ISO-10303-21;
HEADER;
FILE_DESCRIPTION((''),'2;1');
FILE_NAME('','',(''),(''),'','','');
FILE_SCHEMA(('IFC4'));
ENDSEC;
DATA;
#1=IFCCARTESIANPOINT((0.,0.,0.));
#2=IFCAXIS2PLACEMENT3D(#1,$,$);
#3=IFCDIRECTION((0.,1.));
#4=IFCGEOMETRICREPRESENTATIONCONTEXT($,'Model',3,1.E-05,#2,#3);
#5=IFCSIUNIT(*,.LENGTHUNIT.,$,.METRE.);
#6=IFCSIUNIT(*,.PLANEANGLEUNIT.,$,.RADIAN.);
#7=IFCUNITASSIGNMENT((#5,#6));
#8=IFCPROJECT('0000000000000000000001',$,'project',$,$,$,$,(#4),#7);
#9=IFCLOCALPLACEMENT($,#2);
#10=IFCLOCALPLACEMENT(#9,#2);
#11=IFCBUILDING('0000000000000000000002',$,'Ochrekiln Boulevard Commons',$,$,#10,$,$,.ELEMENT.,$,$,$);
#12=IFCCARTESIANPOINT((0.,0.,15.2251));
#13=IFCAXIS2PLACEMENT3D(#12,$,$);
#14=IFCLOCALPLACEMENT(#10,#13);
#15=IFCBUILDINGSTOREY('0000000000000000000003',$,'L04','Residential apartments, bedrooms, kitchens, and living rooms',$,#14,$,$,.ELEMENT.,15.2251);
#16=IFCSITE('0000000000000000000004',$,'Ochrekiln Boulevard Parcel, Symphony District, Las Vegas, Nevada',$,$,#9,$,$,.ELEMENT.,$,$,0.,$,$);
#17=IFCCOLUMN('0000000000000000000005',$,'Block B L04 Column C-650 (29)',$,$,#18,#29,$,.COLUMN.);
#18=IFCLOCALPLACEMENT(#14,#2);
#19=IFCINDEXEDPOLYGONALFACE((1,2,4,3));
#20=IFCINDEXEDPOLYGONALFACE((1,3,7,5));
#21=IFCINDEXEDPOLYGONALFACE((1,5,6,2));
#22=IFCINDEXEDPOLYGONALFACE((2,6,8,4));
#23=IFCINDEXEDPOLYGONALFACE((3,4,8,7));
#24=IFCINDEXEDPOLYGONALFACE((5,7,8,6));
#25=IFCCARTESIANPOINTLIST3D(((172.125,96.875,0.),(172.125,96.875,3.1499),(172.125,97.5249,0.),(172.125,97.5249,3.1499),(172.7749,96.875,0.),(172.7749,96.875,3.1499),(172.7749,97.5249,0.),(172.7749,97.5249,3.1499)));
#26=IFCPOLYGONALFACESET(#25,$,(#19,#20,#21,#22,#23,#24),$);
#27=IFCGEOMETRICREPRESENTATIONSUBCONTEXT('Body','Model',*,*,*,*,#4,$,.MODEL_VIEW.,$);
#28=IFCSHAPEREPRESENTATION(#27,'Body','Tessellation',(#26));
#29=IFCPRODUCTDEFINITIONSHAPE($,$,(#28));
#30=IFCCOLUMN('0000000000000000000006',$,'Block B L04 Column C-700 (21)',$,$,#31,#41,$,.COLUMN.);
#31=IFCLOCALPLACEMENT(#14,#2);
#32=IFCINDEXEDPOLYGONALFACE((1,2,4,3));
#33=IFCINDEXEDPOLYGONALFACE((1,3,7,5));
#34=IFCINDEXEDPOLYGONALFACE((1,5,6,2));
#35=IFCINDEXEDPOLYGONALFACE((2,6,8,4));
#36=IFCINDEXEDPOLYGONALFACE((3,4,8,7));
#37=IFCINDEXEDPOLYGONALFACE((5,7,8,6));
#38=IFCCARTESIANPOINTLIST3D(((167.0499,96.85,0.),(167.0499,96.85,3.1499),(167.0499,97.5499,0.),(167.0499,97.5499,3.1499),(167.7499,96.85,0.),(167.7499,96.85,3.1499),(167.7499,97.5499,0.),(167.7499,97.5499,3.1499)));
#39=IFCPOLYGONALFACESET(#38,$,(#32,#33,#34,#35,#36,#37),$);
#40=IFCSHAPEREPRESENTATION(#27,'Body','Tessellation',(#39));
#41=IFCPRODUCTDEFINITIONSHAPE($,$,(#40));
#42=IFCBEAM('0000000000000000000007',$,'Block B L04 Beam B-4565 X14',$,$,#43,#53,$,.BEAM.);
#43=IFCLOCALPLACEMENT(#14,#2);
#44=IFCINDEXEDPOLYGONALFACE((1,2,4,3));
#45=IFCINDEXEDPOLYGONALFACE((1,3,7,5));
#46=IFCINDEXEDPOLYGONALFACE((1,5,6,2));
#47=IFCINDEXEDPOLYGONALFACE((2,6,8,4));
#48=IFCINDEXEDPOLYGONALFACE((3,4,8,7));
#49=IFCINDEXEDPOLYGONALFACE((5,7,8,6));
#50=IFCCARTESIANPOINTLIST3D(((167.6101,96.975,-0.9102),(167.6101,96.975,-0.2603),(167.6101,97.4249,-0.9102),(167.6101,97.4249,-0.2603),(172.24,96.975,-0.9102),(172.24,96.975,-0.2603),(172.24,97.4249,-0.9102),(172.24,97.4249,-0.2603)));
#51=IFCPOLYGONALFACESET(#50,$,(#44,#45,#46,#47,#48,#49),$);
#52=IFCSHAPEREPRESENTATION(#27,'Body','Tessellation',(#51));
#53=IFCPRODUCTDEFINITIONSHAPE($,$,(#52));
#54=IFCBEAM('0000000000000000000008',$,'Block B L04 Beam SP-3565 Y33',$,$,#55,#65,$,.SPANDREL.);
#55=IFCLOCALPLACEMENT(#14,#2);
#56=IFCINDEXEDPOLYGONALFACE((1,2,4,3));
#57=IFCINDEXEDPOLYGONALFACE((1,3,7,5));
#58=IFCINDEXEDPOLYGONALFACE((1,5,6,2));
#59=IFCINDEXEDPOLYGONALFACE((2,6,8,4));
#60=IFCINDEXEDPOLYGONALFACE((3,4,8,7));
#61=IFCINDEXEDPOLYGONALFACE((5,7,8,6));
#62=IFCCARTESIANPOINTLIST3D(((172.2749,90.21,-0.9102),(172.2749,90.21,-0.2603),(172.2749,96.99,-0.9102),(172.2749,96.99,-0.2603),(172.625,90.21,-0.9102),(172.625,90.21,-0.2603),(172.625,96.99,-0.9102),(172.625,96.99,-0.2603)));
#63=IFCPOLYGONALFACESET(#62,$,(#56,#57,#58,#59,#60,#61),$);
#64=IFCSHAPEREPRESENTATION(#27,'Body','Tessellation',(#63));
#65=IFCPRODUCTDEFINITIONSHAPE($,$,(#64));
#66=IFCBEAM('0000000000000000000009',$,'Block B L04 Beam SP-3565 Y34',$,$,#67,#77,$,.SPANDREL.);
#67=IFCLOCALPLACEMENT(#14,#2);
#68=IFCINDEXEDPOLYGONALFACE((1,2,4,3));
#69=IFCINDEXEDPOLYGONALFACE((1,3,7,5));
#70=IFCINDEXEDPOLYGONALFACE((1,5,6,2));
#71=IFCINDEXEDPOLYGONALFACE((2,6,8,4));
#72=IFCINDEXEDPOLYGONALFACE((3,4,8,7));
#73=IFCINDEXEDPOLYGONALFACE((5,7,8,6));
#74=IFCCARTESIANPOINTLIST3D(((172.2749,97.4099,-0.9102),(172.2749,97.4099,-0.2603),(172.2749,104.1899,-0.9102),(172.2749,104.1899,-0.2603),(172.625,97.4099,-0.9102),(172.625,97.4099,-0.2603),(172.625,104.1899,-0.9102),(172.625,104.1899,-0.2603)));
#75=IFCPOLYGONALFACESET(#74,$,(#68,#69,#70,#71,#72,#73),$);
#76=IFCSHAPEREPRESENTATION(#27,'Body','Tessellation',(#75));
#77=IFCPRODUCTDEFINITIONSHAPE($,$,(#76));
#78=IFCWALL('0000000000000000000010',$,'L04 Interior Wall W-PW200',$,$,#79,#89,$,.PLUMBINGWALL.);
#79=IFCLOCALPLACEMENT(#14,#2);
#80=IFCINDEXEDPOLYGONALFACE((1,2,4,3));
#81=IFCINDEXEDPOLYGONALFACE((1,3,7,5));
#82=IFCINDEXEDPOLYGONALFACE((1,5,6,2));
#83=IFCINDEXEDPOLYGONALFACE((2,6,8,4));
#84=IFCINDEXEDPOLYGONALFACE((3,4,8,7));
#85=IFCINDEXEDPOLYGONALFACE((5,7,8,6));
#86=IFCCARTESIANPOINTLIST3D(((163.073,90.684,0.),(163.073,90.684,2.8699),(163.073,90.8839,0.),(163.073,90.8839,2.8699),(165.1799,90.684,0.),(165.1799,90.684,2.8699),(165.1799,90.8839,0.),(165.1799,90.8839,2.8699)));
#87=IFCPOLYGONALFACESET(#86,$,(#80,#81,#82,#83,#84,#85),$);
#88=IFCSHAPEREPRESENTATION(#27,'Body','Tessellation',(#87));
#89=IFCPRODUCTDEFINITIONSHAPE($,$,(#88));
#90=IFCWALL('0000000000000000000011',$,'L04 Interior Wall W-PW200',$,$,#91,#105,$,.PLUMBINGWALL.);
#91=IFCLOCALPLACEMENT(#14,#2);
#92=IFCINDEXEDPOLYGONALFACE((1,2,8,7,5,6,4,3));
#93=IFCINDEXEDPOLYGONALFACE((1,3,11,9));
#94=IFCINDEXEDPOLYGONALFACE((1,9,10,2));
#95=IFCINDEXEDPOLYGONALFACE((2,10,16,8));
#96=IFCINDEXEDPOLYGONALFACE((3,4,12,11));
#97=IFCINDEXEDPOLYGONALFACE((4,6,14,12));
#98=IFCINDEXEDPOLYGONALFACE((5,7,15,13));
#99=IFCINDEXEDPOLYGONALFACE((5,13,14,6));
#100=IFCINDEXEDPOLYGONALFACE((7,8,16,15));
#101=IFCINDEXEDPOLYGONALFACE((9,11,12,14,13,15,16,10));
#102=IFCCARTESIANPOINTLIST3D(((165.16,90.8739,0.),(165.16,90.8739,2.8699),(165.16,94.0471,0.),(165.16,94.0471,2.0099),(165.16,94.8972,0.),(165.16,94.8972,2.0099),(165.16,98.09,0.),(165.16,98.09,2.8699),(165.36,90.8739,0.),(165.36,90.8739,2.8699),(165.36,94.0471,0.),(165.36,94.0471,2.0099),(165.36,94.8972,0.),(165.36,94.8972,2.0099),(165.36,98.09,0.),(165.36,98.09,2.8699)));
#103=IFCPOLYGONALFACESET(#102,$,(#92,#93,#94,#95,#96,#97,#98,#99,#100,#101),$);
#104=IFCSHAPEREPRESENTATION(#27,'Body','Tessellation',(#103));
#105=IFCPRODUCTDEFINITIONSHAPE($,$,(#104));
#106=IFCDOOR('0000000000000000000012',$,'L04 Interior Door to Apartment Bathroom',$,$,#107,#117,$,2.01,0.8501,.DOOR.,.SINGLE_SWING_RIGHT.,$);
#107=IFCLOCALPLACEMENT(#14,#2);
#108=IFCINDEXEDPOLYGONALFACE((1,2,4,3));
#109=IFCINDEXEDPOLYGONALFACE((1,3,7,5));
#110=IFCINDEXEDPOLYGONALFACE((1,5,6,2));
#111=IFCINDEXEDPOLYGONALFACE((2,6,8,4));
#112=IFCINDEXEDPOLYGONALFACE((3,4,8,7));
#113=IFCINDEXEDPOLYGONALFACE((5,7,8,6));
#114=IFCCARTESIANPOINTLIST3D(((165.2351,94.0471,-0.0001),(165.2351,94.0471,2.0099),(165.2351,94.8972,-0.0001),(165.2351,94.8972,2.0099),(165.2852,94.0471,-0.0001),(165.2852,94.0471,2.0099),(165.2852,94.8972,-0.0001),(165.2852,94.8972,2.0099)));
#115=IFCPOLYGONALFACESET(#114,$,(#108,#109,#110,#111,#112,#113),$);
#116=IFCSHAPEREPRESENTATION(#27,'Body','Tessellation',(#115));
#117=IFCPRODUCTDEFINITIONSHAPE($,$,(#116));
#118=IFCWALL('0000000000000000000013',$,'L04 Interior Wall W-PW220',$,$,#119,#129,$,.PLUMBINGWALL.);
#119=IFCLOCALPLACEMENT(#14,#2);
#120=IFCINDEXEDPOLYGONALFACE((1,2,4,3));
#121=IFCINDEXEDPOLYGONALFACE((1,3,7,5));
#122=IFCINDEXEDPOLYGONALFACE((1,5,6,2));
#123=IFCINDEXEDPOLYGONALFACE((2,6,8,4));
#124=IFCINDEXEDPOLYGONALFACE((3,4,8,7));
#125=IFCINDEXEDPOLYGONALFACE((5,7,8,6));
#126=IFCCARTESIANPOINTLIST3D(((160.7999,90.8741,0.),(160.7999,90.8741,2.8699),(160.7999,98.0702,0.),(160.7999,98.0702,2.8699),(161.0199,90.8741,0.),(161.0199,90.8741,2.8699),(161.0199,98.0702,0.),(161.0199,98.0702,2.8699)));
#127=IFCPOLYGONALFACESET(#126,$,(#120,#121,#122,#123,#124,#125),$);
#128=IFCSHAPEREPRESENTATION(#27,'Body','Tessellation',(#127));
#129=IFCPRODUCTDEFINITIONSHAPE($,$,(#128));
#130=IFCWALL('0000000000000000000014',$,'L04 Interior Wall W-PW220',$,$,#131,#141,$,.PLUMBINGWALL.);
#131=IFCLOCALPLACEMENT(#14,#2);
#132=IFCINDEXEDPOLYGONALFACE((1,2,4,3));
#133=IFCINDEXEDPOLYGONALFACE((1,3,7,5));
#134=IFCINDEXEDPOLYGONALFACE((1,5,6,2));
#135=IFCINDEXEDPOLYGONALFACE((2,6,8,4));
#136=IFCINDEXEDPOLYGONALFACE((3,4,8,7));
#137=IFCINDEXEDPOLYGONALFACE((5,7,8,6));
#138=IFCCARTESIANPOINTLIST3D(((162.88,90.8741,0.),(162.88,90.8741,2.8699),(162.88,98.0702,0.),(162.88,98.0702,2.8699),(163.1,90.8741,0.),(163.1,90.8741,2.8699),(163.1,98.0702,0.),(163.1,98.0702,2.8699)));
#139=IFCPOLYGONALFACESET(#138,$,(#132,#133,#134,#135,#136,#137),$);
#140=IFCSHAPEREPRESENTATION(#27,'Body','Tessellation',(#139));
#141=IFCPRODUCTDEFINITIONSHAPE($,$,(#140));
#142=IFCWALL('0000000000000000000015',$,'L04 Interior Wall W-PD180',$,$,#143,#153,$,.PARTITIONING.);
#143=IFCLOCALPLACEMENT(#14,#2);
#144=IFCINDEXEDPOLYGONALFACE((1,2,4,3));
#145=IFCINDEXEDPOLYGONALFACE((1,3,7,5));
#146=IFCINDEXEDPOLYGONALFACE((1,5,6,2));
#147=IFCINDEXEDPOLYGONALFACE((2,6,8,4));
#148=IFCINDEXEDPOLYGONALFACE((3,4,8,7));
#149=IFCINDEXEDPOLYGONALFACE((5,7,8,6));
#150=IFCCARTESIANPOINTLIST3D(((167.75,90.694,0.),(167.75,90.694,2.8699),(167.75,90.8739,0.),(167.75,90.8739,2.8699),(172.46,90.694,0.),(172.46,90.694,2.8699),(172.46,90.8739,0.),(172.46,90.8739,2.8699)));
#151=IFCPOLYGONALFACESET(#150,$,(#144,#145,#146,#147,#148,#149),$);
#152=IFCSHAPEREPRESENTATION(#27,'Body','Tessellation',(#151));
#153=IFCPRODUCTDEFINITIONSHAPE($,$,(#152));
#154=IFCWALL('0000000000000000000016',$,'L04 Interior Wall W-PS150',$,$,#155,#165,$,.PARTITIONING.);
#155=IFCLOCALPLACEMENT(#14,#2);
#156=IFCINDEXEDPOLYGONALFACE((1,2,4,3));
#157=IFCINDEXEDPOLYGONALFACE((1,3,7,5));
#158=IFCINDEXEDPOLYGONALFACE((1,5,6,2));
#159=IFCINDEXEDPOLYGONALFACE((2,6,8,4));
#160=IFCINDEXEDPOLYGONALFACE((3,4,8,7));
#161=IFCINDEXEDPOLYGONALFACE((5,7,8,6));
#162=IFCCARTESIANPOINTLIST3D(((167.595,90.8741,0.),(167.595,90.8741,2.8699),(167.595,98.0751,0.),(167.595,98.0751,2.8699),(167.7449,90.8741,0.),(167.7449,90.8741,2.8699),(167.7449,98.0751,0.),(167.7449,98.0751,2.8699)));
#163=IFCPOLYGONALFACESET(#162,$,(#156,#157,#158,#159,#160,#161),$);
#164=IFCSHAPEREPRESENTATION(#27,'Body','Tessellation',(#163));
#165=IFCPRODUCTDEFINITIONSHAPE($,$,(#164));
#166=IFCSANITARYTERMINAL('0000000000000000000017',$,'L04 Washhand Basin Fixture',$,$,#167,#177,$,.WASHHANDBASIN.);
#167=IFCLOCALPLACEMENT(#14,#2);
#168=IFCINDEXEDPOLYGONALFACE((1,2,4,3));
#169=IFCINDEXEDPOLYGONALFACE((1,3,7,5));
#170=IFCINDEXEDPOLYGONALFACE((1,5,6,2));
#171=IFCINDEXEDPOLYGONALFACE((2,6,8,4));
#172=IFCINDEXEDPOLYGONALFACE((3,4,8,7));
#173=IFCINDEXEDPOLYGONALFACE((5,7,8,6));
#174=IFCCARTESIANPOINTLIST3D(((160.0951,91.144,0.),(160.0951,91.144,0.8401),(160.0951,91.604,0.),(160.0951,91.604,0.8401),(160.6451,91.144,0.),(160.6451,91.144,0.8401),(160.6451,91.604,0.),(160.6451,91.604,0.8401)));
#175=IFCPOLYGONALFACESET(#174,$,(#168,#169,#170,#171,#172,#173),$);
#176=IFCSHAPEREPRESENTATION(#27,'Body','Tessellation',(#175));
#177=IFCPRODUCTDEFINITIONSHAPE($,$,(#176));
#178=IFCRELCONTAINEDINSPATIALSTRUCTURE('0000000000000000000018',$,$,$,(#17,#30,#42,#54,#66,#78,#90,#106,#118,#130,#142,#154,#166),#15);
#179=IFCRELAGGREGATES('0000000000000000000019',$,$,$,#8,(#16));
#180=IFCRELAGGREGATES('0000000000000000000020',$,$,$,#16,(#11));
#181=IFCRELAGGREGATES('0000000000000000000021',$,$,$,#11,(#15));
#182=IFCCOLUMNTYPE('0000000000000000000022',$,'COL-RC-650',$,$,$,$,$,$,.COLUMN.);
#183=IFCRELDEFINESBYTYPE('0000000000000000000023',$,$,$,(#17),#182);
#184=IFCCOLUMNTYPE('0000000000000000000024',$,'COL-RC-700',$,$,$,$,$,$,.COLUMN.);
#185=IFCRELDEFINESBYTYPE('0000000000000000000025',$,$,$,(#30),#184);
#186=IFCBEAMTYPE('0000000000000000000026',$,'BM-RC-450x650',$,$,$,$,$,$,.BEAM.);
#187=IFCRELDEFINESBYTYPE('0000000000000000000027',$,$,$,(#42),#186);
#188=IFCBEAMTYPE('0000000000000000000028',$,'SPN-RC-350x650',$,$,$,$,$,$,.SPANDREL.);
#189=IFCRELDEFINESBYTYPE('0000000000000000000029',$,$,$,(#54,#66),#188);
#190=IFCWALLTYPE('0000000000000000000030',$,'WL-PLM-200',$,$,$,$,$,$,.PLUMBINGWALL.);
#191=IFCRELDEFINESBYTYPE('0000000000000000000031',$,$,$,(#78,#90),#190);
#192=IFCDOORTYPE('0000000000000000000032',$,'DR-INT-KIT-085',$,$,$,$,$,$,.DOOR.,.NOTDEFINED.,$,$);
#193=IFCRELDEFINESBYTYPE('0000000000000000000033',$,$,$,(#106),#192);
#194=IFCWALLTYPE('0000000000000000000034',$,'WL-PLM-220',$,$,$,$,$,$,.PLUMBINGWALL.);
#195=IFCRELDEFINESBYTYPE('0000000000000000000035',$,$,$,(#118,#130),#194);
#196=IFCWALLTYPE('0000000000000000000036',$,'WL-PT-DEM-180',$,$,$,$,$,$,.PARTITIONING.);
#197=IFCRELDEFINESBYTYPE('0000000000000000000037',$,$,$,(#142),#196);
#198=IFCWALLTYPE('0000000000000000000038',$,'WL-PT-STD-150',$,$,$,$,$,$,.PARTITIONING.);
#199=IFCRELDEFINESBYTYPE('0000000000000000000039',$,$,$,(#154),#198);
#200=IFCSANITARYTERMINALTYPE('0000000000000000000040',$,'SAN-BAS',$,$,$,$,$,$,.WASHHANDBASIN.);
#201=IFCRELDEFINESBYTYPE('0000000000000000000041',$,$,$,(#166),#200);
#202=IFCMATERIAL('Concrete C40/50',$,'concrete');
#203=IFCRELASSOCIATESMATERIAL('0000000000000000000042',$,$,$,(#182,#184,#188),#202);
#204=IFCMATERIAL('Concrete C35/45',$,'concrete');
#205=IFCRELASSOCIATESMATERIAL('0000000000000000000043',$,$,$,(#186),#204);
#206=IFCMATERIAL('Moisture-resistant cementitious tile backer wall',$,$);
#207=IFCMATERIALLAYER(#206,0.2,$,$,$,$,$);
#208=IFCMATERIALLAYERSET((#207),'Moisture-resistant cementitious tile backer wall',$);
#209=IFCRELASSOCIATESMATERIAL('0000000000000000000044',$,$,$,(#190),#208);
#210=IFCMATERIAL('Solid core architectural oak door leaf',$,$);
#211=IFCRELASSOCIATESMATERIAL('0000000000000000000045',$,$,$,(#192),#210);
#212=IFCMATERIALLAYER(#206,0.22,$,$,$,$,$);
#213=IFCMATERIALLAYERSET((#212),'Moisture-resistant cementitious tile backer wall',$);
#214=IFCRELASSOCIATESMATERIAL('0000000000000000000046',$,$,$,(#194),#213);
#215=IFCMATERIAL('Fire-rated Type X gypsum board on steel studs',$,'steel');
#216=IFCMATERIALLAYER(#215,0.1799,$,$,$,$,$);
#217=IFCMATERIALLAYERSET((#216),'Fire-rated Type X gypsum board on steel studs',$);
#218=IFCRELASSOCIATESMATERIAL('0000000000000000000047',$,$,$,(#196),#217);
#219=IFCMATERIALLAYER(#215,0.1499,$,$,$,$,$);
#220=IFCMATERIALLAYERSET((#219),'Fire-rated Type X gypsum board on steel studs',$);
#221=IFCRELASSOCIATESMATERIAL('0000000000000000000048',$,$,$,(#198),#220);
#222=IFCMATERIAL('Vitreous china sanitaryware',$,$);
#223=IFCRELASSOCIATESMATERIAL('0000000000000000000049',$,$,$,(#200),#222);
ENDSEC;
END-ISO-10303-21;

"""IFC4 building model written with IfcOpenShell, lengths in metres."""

from ifc_helpers import new_model, si_unit, direction, frame, frame_2d, origin, origin_2d, place, context, subcontext, project, spatial, rectangle, extrude, material, layer, layer_set, material_profile, profile_set, type_object, element, fill, save


model = new_model("IFC4")

# Units and contexts
model_context = context("Model", 3, precision=1e-05, world=origin(), true_north=direction((0.0, 1.0)))
body_context = subcontext(model_context, "Body", "Model", "MODEL_VIEW")
ifc_project = project(units=[si_unit("LENGTHUNIT", "METRE"), si_unit("PLANEANGLEUNIT", "RADIAN")], contexts=[model_context])

# Site, building, storey
site_placement = place(None, origin())
site = spatial("IfcSite", under=ifc_project, at=site_placement, Name="Ochrekiln Boulevard Parcel, Symphony District, Las Vegas, Nevada", CompositionType="ELEMENT", RefElevation=0.0)
building_placement = place(site_placement, origin())
building = spatial("IfcBuilding", under=site, at=building_placement, Name="Ochrekiln Boulevard Commons", CompositionType="ELEMENT")
storey_placement = place(building_placement, frame((0.0, 0.0, 15.2251)))
storey = spatial("IfcBuildingStorey", under=building, at=storey_placement, Name="L04", Description="Residential apartments, bedrooms, kitchens, and living rooms", CompositionType="ELEMENT", Elevation=15.2251)

# Columns
ifc_material_1 = material(Name="Concrete C40/50", Category="concrete")
ifc_material_profile_1 = material_profile(ifc_material_1, rectangle(XDim=0.6499, YDim=0.6499, at=origin_2d()), Name="RC-COL-650x650")
ifc_profile_set_1 = profile_set([ifc_material_profile_1], Name="Concrete C40/50")
column_type_1 = type_object("IfcColumnType", Name="COL-RC-650", PredefinedType="COLUMN", material=ifc_profile_set_1)
column_1_placement = place(storey_placement, frame((172.45, 97.2, 0.0), z_axis=(0.0, 0.0, 1.0), x_axis=(1.0, 0.0, 0.0)))
element("IfcColumn", 1, at=column_1_placement, inside=storey, type_object=column_type_1, Name="Block B L04 Column C-650 (29)", PredefinedType="COLUMN", context=body_context, shape_type="SweptSolid", body=[
    extrude(rectangle(XDim=0.6499, YDim=0.6499, at=origin_2d()), origin(), (0.0, 0.0, 1.0), 3.1499),
])
ifc_material_profile_2 = material_profile(ifc_material_1, rectangle(XDim=0.7, YDim=0.7, at=origin_2d()), Name="RC-COL-700x700")
ifc_profile_set_2 = profile_set([ifc_material_profile_2], Name="Concrete C40/50")
column_type_2 = type_object("IfcColumnType", Name="COL-RC-700", PredefinedType="COLUMN", material=ifc_profile_set_2)
column_2_placement = place(storey_placement, frame((167.3999, 97.2, 0.0), z_axis=(0.0, 0.0, 1.0), x_axis=(1.0, 0.0, 0.0)))
element("IfcColumn", 2, at=column_2_placement, inside=storey, type_object=column_type_2, Name="Block B L04 Column C-700 (21)", PredefinedType="COLUMN", context=body_context, shape_type="SweptSolid", body=[
    extrude(rectangle(XDim=0.7, YDim=0.7, at=origin_2d()), origin(), (0.0, 0.0, 1.0), 3.1499),
])

# Beams
ifc_material_2 = material(Name="Concrete C35/45", Category="concrete")
ifc_material_profile_3 = material_profile(ifc_material_2, rectangle(XDim=0.45, YDim=0.6499, at=origin_2d()), Name="RC-BM-450x650")
ifc_profile_set_3 = profile_set([ifc_material_profile_3], Name="Concrete C35/45")
beam_type_1 = type_object("IfcBeamType", Name="BM-RC-450x650", PredefinedType="BEAM", material=ifc_profile_set_3)
beam_placement = place(storey_placement, frame((167.6101, 97.2, -0.5852), z_axis=(1.0, 0.0, 0.0), x_axis=(0.0, 1.0, 0.0)))
element("IfcBeam", 3, at=beam_placement, inside=storey, type_object=beam_type_1, Name="Block B L04 Beam B-4565 X14", PredefinedType="BEAM", context=body_context, shape_type="SweptSolid", body=[
    extrude(rectangle(XDim=0.45, YDim=0.6499, at=origin_2d()), origin(), (0.0, 0.0, 1.0), 4.6299),
])
ifc_material_profile_4 = material_profile(ifc_material_1, rectangle(XDim=0.3501, YDim=0.6499, at=origin_2d()), Name="RC-SPN-350x650")
ifc_profile_set_4 = profile_set([ifc_material_profile_4], Name="Concrete C40/50")
beam_type_2 = type_object("IfcBeamType", Name="SPN-RC-350x650", PredefinedType="SPANDREL", material=ifc_profile_set_4)
for number, where, z_axis, x_axis, name in (
    (4, (172.45, 90.21, -0.5852), (0.0, 1.0, 0.0), (-1.0, 0.0, 0.0), "Block B L04 Beam SP-3565 Y33"),
    (5, (172.45, 97.4099, -0.5852), (0.0, 1.0, 0.0), (-1.0, 0.0, 0.0), "Block B L04 Beam SP-3565 Y34"),
):
    element("IfcBeam", number, at=place(storey_placement, frame(where, z_axis=z_axis, x_axis=x_axis)), inside=storey, type_object=beam_type_2, Name=name, PredefinedType="SPANDREL", context=body_context, shape_type="SweptSolid", body=[
        extrude(rectangle(XDim=0.3501, YDim=0.6499, at=origin_2d()), origin(), (0.0, 0.0, 1.0), 6.78),
    ])

# Wall
ifc_material_3 = material(Name="Moisture-resistant cementitious tile backer wall")
ifc_layer_1 = layer(ifc_material_3, 0.2)
ifc_layer_set_1 = layer_set([ifc_layer_1], Name="Moisture-resistant cementitious tile backer wall")
wall_type_1 = type_object("IfcWallType", Name="WL-PLM-200", PredefinedType="PLUMBINGWALL", material=ifc_layer_set_1)
wall_1_placement = place(storey_placement, frame((163.073, 90.7839, 0.0), z_axis=(0.0, 0.0, 1.0), x_axis=(1.0, 0.0, 0.0)))
element("IfcWall", 6, at=wall_1_placement, inside=storey, type_object=wall_type_1, Name="L04 Interior Wall W-PW200", PredefinedType="PLUMBINGWALL", context=body_context, shape_type="SweptSolid", body=[
    extrude(rectangle(XDim=2.1069, YDim=0.2, at=frame_2d((1.0535, 0.0))), origin(), (0.0, 0.0, 1.0), 2.8699),
])

# Wall, opening, door
wall_2_placement = place(storey_placement, frame((165.26, 90.874, 0.0), z_axis=(0.0, 0.0, 1.0), x_axis=(0.0, 1.0, 0.0)))
wall_2 = element("IfcWall", 7, at=wall_2_placement, inside=storey, type_object=wall_type_1, Name="L04 Interior Wall W-PW200", PredefinedType="PLUMBINGWALL", context=body_context, shape_type="SweptSolid", body=[
    extrude(rectangle(XDim=7.2161, YDim=0.2, at=frame_2d((3.6079, 0.0))), origin(), (0.0, 0.0, 1.0), 2.8699),
])
opening_placement = place(wall_2_placement, frame((3.1731, 0.0, 0.0)))
opening = element("IfcOpeningElement", 8, at=opening_placement, cuts=wall_2, PredefinedType="OPENING", context=body_context, shape_type="SweptSolid", body=[
    extrude(rectangle(XDim=0.8501, YDim=2.01, at=frame_2d((0.425, 1.0049))), frame((0.0, 0.1099, 0.0), z_axis=(0.0, -1.0, 0.0), x_axis=(1.0, 0.0, 0.0)), (0.0, 0.0, 1.0), 0.22),
])
ifc_material_4 = material(Name="Solid core architectural oak door leaf")
door_type = type_object("IfcDoorType", Name="DR-INT-KIT-085", OperationType="NOTDEFINED", PredefinedType="DOOR", material=ifc_material_4)
door_placement = place(opening_placement, origin())
door = element("IfcDoor", 9, at=door_placement, inside=storey, type_object=door_type, Name="L04 Interior Door to Apartment Bathroom", OperationType="SINGLE_SWING_RIGHT", OverallHeight=2.01, OverallWidth=0.8501, PredefinedType="DOOR", context=body_context, shape_type="SweptSolid", body=[
    extrude(rectangle(XDim=0.8501, YDim=2.01, at=frame_2d((0.425, 1.0049))), frame((0.0, 0.0249, 0.0), z_axis=(0.0, -1.0, 0.0), x_axis=(1.0, 0.0, 0.0)), (0.0, 0.0, 1.0), 0.05),
])
fill(opening, door)

# Walls
ifc_layer_2 = layer(ifc_material_3, 0.22)
ifc_layer_set_2 = layer_set([ifc_layer_2], Name="Moisture-resistant cementitious tile backer wall")
wall_type_2 = type_object("IfcWallType", Name="WL-PLM-220", PredefinedType="PLUMBINGWALL", material=ifc_layer_set_2)
for number, where, z_axis, x_axis, name in (
    (10, (160.9099, 90.874, 0.0), (0.0, 0.0, 1.0), (0.0, 1.0, 0.0), "L04 Interior Wall W-PW220"),
    (11, (162.99, 90.874, 0.0), (0.0, 0.0, 1.0), (0.0, 1.0, 0.0), "L04 Interior Wall W-PW220"),
):
    element("IfcWall", number, at=place(storey_placement, frame(where, z_axis=z_axis, x_axis=x_axis)), inside=storey, type_object=wall_type_2, Name=name, PredefinedType="PLUMBINGWALL", context=body_context, shape_type="SweptSolid", body=[
        extrude(rectangle(XDim=7.196, YDim=0.22, at=frame_2d((3.5981, 0.0))), origin(), (0.0, 0.0, 1.0), 2.8699),
    ])
ifc_material_5 = material(Name="Fire-rated Type X gypsum board on steel studs", Category="steel")
ifc_layer_3 = layer(ifc_material_5, 0.1799)
ifc_layer_set_3 = layer_set([ifc_layer_3], Name="Fire-rated Type X gypsum board on steel studs")
wall_type_3 = type_object("IfcWallType", Name="WL-PT-DEM-180", PredefinedType="PARTITIONING", material=ifc_layer_set_3)
wall_3_placement = place(storey_placement, frame((167.75, 90.7839, 0.0), z_axis=(0.0, 0.0, 1.0), x_axis=(1.0, 0.0, 0.0)))
element("IfcWall", 12, at=wall_3_placement, inside=storey, type_object=wall_type_3, Name="L04 Interior Wall W-PD180", PredefinedType="PARTITIONING", context=body_context, shape_type="SweptSolid", body=[
    extrude(rectangle(XDim=4.71, YDim=0.1799, at=frame_2d((2.355, 0.0))), origin(), (0.0, 0.0, 1.0), 2.8699),
])
ifc_layer_4 = layer(ifc_material_5, 0.1499)
ifc_layer_set_4 = layer_set([ifc_layer_4], Name="Fire-rated Type X gypsum board on steel studs")
wall_type_4 = type_object("IfcWallType", Name="WL-PT-STD-150", PredefinedType="PARTITIONING", material=ifc_layer_set_4)
wall_4_placement = place(storey_placement, frame((167.6699, 90.874, 0.0), z_axis=(0.0, 0.0, 1.0), x_axis=(0.0, 1.0, 0.0)))
element("IfcWall", 13, at=wall_4_placement, inside=storey, type_object=wall_type_4, Name="L04 Interior Wall W-PS150", PredefinedType="PARTITIONING", context=body_context, shape_type="SweptSolid", body=[
    extrude(rectangle(XDim=7.2009, YDim=0.1499, at=frame_2d((3.6006, 0.0))), origin(), (0.0, 0.0, 1.0), 2.8699),
])

# Sanitary terminal
ifc_material_6 = material(Name="Vitreous china sanitaryware")
sanitary_terminal_type_1 = type_object("IfcSanitaryTerminalType", Name="SAN-BAS", PredefinedType="WASHHANDBASIN", material=ifc_material_6)
for number, where, z_axis, x_axis, name in (
    (14, (160.3701, 91.374, 0.0), (0.0, 0.0, 1.0), (1.0, 0.0, 0.0), "L04 Washhand Basin Fixture"),
):
    element("IfcSanitaryTerminal", number, at=place(storey_placement, frame(where, z_axis=z_axis, x_axis=x_axis)), inside=storey, type_object=sanitary_terminal_type_1, Name=name, PredefinedType="WASHHANDBASIN", context=body_context, shape_type="SweptSolid", body=[
        extrude(rectangle(XDim=0.55, YDim=0.46, at=origin_2d()), origin(), (0.0, 0.0, 1.0), 0.8401),
    ])

save(model, "model.ifc")
